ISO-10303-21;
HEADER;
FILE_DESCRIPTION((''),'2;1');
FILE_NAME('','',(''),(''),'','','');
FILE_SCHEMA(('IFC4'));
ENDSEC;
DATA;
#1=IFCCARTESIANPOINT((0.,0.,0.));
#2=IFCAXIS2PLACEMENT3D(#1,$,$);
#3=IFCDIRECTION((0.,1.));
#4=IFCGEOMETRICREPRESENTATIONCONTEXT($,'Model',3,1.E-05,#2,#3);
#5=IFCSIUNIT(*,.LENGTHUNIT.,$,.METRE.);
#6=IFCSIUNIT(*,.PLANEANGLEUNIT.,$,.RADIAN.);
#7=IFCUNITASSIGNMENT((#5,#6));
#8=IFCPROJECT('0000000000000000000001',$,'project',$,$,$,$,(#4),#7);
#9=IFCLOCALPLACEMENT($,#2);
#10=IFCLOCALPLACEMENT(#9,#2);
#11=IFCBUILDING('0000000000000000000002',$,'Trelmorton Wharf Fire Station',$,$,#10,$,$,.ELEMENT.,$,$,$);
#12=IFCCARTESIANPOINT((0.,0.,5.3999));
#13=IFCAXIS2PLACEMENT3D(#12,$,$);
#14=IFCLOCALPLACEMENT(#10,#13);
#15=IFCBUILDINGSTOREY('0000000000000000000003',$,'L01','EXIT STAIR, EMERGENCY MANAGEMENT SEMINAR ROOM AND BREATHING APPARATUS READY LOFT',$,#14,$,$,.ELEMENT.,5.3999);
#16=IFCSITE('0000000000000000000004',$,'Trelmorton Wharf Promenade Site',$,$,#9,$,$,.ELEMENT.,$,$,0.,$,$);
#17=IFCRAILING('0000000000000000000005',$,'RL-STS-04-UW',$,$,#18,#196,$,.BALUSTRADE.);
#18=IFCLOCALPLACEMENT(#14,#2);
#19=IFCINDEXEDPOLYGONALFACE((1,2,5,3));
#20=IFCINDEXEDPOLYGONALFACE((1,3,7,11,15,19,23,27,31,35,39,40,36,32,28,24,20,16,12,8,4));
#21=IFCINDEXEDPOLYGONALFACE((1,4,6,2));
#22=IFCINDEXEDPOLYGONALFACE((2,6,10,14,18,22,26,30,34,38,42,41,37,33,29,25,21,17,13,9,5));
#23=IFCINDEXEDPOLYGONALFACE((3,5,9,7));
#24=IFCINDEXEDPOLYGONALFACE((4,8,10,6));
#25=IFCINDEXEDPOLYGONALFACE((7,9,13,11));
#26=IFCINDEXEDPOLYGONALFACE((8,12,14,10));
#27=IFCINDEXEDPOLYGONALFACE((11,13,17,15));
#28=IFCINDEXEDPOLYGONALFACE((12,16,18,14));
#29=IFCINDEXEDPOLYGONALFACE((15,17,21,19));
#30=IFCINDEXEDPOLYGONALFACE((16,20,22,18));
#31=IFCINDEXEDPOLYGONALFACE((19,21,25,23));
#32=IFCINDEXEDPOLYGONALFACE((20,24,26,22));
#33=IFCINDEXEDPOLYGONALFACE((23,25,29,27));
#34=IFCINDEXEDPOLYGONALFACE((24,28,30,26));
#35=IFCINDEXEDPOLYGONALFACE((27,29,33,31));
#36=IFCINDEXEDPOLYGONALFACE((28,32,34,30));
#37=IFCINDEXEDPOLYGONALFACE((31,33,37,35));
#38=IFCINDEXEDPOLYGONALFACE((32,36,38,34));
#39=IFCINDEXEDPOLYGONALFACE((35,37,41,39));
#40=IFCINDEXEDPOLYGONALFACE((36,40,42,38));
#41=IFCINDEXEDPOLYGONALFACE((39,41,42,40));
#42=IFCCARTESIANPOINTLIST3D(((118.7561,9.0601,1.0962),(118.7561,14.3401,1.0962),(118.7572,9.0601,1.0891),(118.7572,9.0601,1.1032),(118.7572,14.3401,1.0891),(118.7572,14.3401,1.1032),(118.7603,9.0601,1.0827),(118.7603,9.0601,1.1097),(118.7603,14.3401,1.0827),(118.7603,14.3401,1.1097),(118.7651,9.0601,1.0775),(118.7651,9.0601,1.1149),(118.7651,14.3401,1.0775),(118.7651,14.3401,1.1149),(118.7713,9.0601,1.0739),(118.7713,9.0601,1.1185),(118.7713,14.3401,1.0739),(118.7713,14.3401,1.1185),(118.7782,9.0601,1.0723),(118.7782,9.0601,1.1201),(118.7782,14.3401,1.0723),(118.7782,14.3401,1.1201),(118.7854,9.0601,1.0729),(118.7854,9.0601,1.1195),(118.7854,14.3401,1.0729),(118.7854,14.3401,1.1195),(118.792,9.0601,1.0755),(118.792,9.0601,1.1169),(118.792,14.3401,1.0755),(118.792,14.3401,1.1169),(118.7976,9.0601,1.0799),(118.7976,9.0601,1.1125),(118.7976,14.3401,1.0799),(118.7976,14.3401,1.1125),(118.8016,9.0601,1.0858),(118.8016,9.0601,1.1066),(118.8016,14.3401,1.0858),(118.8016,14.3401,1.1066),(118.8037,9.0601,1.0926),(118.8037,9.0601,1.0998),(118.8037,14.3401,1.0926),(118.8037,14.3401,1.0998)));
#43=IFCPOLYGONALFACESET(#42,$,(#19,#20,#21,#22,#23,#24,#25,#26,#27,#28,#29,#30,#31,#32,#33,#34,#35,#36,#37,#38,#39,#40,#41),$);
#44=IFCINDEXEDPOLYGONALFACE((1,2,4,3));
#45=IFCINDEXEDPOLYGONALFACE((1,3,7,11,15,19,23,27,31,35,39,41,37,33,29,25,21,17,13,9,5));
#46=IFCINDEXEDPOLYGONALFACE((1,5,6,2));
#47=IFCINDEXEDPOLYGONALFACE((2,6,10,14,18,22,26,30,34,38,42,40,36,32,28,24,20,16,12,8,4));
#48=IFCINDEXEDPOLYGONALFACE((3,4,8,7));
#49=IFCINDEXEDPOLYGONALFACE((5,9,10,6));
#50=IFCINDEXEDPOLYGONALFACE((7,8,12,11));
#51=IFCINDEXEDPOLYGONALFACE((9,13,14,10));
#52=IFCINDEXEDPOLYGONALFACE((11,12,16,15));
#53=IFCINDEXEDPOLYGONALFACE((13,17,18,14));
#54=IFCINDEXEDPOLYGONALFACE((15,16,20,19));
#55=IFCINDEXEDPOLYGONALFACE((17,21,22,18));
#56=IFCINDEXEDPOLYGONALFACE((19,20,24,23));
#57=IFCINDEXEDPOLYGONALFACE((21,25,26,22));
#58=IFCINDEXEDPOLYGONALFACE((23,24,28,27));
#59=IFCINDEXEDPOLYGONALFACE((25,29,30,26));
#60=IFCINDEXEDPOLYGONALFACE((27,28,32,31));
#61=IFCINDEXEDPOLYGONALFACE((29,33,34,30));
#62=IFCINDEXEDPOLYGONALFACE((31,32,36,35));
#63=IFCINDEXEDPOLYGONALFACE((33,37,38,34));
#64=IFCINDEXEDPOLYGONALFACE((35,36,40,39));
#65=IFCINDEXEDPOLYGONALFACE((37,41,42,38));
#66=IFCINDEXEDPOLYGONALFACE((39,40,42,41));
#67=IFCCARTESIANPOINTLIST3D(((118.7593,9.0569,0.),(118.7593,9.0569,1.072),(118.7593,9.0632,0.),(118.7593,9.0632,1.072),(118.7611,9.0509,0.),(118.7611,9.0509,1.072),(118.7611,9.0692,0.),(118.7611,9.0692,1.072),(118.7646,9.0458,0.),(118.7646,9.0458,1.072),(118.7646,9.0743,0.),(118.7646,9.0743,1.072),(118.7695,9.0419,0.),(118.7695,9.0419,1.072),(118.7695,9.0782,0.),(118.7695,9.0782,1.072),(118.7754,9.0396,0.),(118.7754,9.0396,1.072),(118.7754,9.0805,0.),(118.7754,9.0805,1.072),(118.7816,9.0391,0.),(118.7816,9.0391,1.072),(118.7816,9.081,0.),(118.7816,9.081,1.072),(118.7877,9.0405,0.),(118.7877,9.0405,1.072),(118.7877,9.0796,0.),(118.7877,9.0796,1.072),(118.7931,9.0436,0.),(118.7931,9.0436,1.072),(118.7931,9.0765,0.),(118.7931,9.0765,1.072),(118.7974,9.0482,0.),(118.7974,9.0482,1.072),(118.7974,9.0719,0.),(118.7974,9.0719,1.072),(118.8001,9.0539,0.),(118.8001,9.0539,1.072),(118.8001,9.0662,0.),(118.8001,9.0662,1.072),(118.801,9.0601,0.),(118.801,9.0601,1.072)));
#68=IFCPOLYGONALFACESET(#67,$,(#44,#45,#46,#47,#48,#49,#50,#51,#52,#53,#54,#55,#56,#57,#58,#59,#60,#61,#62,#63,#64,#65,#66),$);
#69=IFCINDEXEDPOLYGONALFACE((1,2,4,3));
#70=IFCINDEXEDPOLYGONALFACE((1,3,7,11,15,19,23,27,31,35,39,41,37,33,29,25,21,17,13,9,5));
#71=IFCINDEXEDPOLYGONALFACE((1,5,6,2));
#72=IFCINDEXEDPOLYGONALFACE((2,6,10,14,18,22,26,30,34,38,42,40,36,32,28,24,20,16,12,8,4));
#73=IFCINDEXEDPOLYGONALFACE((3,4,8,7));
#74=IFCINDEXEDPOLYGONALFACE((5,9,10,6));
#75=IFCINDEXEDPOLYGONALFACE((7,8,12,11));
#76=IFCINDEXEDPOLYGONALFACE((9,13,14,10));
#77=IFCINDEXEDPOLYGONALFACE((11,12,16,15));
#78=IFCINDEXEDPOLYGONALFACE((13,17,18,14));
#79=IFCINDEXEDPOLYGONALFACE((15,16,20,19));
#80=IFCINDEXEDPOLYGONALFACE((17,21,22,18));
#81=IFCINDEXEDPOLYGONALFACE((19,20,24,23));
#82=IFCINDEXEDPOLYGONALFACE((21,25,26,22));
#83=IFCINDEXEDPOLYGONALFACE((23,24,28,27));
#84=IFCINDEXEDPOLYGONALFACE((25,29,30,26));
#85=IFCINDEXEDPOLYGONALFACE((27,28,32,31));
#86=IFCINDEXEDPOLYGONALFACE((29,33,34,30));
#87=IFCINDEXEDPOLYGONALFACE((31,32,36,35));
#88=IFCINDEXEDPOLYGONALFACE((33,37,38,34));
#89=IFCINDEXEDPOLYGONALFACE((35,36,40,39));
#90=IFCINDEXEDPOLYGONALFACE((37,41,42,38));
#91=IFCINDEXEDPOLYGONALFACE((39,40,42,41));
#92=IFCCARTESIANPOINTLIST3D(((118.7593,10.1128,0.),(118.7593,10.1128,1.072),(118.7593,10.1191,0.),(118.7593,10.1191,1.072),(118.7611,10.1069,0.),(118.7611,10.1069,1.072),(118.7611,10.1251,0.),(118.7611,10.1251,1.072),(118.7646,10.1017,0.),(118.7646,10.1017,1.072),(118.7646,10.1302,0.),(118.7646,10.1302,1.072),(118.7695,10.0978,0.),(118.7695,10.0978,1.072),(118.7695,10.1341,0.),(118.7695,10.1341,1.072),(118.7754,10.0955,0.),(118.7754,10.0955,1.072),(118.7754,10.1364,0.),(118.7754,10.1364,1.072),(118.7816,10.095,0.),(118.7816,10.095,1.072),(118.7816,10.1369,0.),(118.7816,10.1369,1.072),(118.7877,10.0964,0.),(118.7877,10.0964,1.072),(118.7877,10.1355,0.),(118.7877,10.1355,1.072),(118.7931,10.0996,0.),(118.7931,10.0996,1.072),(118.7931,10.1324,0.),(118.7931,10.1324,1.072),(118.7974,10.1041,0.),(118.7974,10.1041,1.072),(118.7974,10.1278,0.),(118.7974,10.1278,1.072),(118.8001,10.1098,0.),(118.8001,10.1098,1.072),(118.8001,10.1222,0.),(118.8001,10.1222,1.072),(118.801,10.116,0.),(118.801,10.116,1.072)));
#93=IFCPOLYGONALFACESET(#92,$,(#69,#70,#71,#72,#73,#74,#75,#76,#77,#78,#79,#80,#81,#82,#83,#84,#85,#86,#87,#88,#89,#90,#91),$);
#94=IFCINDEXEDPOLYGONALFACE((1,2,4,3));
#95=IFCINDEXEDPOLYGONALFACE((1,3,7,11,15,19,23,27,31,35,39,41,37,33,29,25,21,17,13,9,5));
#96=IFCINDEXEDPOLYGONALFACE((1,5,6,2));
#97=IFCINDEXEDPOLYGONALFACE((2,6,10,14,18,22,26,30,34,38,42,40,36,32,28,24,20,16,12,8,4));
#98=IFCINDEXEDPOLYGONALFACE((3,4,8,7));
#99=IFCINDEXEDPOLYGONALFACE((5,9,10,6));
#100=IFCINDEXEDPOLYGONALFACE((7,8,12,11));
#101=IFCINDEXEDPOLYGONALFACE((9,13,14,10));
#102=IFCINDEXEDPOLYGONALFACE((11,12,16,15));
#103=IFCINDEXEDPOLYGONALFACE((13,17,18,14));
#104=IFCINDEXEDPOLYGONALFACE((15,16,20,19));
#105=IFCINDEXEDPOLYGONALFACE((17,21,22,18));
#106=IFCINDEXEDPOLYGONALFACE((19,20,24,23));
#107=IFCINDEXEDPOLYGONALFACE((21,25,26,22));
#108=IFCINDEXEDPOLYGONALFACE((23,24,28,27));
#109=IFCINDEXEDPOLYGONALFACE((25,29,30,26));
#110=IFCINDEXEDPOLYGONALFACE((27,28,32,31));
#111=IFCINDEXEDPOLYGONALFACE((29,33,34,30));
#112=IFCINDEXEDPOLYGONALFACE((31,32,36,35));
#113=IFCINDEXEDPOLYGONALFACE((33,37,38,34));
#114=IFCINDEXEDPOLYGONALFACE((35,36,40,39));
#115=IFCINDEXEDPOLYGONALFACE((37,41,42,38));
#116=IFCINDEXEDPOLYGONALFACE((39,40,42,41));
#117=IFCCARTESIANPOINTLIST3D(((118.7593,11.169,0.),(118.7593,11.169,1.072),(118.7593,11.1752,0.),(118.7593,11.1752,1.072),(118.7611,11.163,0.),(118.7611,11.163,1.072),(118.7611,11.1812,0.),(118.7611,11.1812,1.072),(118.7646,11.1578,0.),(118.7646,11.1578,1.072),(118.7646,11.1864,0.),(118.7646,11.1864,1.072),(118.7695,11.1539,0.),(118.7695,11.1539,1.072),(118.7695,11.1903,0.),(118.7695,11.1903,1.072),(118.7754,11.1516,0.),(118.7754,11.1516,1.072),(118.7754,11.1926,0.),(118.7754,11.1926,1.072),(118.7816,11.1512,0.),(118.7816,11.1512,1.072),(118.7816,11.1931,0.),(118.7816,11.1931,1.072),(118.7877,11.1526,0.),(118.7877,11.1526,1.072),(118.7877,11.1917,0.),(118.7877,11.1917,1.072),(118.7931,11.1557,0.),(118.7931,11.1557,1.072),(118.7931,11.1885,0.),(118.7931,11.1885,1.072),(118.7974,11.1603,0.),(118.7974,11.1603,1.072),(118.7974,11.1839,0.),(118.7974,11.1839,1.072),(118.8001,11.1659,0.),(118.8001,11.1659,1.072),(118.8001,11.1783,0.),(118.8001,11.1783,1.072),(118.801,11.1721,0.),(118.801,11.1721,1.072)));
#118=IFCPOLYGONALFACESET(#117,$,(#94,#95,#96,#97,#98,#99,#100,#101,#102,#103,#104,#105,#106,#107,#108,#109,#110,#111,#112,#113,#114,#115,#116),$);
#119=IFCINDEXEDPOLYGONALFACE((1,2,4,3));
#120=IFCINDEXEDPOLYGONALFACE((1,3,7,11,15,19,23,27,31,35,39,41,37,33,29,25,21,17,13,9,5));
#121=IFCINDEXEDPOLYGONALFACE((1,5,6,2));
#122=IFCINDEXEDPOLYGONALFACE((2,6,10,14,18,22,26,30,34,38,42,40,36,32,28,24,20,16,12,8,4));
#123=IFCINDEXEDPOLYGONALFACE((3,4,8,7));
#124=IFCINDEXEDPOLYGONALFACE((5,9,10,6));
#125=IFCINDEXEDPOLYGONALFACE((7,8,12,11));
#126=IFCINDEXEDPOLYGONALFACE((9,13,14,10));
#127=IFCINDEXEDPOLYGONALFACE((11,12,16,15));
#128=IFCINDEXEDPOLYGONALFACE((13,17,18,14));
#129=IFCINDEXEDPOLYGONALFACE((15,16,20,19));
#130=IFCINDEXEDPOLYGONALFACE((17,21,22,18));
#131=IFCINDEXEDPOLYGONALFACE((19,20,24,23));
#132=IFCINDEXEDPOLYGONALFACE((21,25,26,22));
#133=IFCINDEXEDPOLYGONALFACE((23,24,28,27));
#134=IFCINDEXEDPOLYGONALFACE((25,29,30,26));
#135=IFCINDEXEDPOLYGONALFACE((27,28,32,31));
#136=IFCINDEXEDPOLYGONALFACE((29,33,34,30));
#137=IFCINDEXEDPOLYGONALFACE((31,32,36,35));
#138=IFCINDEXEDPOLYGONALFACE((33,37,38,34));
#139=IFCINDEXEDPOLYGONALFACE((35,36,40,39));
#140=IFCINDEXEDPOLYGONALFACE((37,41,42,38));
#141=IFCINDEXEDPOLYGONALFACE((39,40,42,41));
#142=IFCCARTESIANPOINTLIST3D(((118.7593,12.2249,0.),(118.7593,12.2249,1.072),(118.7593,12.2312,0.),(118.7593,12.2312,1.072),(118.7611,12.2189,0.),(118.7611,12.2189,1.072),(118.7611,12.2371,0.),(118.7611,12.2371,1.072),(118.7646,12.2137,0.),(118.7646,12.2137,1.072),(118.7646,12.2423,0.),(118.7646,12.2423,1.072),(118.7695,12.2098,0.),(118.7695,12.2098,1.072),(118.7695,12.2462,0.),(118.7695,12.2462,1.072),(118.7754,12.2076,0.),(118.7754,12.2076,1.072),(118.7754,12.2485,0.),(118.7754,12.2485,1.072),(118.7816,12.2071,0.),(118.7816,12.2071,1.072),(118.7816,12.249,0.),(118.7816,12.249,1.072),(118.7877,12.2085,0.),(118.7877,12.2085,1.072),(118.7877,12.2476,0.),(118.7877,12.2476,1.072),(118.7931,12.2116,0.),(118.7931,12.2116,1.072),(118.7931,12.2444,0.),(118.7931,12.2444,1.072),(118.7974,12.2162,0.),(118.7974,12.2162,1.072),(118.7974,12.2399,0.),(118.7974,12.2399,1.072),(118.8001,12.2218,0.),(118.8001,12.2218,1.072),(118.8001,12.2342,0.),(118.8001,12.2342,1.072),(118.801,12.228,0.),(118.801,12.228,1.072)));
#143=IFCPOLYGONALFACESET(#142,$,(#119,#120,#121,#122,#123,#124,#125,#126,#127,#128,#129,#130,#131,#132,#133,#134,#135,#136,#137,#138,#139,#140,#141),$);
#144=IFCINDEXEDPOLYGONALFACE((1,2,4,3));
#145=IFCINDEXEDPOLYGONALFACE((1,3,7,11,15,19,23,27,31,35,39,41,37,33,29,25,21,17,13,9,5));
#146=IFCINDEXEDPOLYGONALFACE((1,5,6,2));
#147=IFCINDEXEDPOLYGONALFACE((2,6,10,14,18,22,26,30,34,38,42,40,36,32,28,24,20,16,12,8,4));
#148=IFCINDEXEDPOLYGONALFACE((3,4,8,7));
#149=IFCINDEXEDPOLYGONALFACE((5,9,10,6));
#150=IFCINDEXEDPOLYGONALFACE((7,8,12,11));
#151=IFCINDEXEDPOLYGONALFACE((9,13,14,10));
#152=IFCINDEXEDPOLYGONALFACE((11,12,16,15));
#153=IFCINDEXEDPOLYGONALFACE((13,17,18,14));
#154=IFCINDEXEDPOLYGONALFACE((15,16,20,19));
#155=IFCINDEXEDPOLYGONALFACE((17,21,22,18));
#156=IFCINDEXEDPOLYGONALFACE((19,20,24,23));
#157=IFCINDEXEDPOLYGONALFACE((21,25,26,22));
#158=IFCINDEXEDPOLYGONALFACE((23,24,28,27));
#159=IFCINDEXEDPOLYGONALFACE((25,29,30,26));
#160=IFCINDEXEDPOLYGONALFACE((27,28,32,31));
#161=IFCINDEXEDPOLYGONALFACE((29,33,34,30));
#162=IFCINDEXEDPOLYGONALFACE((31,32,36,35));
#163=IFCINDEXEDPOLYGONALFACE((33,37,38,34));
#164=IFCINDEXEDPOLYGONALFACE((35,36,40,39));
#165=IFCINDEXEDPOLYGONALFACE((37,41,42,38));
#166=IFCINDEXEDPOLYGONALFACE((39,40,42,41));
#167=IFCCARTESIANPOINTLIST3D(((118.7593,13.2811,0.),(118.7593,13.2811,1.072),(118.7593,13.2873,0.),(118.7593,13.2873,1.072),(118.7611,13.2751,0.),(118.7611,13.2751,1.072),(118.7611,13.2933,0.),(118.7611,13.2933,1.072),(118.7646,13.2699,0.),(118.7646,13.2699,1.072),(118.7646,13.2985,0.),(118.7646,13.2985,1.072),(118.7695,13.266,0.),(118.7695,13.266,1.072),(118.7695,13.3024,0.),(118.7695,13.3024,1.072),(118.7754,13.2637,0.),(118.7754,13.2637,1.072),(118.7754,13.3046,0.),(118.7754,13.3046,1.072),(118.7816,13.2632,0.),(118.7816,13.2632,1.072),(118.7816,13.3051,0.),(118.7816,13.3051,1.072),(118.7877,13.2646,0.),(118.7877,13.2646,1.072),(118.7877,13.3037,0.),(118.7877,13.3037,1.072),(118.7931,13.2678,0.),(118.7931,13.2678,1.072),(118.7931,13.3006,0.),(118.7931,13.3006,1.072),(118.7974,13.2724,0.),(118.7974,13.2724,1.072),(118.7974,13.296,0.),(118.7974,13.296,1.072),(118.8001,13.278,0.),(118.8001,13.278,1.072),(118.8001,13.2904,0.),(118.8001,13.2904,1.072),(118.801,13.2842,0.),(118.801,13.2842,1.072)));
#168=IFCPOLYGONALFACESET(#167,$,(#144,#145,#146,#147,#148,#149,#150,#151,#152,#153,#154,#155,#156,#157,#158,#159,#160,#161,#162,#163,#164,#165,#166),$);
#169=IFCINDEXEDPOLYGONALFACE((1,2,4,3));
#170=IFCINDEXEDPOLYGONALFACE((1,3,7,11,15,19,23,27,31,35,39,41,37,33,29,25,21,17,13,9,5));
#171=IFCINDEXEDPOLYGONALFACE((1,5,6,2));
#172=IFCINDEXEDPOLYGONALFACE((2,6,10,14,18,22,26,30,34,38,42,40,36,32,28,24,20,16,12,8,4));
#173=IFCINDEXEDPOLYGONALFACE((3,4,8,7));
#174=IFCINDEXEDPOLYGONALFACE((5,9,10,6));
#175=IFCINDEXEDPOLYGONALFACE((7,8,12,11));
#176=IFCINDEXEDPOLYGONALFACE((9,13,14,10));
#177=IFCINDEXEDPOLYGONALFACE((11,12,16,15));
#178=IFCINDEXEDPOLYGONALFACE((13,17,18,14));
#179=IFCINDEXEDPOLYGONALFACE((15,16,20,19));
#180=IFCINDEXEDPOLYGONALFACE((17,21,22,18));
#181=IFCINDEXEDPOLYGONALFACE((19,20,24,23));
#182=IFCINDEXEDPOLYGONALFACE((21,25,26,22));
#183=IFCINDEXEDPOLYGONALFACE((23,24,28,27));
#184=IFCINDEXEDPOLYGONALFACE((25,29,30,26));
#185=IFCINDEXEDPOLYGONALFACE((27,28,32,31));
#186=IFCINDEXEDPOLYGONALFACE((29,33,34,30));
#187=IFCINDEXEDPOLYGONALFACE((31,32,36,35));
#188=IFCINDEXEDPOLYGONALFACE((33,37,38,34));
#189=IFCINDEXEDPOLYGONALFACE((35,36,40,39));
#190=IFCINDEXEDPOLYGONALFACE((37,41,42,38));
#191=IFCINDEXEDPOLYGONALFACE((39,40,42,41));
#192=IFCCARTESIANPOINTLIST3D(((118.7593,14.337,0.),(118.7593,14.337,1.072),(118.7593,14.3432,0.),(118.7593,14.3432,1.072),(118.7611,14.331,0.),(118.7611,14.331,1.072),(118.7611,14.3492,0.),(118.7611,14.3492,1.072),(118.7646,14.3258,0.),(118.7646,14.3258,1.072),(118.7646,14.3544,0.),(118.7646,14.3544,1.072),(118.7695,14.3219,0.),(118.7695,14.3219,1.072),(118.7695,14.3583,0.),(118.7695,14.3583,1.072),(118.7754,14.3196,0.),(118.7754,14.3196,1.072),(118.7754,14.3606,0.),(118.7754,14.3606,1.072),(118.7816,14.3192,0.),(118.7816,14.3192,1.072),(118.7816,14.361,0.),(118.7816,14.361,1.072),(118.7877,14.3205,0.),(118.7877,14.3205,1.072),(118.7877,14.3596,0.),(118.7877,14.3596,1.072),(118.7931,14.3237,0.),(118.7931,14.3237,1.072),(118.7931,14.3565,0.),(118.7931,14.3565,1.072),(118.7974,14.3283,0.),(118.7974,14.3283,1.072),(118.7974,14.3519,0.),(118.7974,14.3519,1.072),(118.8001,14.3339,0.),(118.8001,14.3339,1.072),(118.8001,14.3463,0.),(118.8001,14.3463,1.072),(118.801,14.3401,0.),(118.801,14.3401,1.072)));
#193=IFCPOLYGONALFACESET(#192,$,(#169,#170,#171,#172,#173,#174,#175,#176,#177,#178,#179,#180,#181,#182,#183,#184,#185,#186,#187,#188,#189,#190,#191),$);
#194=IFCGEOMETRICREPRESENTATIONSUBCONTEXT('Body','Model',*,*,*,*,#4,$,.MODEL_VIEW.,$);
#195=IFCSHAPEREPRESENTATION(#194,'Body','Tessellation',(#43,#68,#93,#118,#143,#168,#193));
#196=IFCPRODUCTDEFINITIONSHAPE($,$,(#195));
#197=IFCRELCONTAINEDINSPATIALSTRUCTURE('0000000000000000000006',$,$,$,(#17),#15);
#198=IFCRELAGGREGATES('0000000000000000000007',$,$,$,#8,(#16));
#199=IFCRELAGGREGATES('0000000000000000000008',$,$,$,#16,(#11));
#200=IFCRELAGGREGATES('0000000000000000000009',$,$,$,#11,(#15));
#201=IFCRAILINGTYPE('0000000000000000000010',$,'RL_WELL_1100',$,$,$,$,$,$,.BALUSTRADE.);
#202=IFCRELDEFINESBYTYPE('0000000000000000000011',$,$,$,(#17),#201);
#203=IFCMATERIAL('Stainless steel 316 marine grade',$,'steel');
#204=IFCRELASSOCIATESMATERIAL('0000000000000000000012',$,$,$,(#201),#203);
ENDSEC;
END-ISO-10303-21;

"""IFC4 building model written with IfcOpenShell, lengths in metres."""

from ifc_helpers import new_model, si_unit, direction, frame, origin, origin_2d, place, context, subcontext, project, spatial, circle, extrude, material, type_object, element, save


model = new_model("IFC4")

# Units and contexts
model_context = context("Model", 3, precision=1e-05, world=origin(), true_north=direction((0.0, 1.0)))
body_context = subcontext(model_context, "Body", "Model", "MODEL_VIEW")
ifc_project = project(units=[si_unit("LENGTHUNIT", "METRE"), si_unit("PLANEANGLEUNIT", "RADIAN")], contexts=[model_context])

# Site, building, storey
site_placement = place(None, origin())
site = spatial("IfcSite", under=ifc_project, at=site_placement, Name="Trelmorton Wharf Promenade Site", CompositionType="ELEMENT", RefElevation=0.0)
building_placement = place(site_placement, origin())
building = spatial("IfcBuilding", under=site, at=building_placement, Name="Trelmorton Wharf Fire Station", CompositionType="ELEMENT")
storey_placement = place(building_placement, frame((0.0, 0.0, 5.3999)))
storey = spatial("IfcBuildingStorey", under=building, at=storey_placement, Name="L01", Description="EXIT STAIR, EMERGENCY MANAGEMENT SEMINAR ROOM AND BREATHING APPARATUS READY LOFT", CompositionType="ELEMENT", Elevation=5.3999)

# Railing
ifc_material_1 = material(Name="Stainless steel 316 marine grade", Category="steel")
railing_type = type_object("IfcRailingType", Name="RL_WELL_1100", PredefinedType="BALUSTRADE", material=ifc_material_1)
railing_1_placement = place(storey_placement, frame((118.78, 9.0601, 0.0)))
element("IfcRailing", 1, at=railing_1_placement, inside=storey, type_object=railing_type, Name="RL-STS-04-UW", PredefinedType="BALUSTRADE", context=body_context, shape_type="SweptSolid", body=[
    extrude(circle(Radius=0.0239, at=origin_2d()), frame((0.0, 0.0, 1.0962), z_axis=(0.0, 1.0, 0.0), x_axis=(-1.0, 0.0, 0.0)), (0.0, 0.0, 1.0), 5.28),
    extrude(circle(Radius=0.021, at=origin_2d()), origin(), (0.0, 0.0, 1.0), 1.072),
    extrude(circle(Radius=0.021, at=origin_2d()), frame((0.0, 1.0559, 0.0)), (0.0, 0.0, 1.0), 1.072),
    extrude(circle(Radius=0.021, at=origin_2d()), frame((0.0, 2.1121, 0.0)), (0.0, 0.0, 1.0), 1.072),
    extrude(circle(Radius=0.021, at=origin_2d()), frame((0.0, 3.168, 0.0)), (0.0, 0.0, 1.0), 1.072),
    extrude(circle(Radius=0.021, at=origin_2d()), frame((0.0, 4.2241, 0.0)), (0.0, 0.0, 1.0), 1.072),
    extrude(circle(Radius=0.021, at=origin_2d()), frame((0.0, 5.28, 0.0)), (0.0, 0.0, 1.0), 1.072),
])

save(model, "model.ifc")
